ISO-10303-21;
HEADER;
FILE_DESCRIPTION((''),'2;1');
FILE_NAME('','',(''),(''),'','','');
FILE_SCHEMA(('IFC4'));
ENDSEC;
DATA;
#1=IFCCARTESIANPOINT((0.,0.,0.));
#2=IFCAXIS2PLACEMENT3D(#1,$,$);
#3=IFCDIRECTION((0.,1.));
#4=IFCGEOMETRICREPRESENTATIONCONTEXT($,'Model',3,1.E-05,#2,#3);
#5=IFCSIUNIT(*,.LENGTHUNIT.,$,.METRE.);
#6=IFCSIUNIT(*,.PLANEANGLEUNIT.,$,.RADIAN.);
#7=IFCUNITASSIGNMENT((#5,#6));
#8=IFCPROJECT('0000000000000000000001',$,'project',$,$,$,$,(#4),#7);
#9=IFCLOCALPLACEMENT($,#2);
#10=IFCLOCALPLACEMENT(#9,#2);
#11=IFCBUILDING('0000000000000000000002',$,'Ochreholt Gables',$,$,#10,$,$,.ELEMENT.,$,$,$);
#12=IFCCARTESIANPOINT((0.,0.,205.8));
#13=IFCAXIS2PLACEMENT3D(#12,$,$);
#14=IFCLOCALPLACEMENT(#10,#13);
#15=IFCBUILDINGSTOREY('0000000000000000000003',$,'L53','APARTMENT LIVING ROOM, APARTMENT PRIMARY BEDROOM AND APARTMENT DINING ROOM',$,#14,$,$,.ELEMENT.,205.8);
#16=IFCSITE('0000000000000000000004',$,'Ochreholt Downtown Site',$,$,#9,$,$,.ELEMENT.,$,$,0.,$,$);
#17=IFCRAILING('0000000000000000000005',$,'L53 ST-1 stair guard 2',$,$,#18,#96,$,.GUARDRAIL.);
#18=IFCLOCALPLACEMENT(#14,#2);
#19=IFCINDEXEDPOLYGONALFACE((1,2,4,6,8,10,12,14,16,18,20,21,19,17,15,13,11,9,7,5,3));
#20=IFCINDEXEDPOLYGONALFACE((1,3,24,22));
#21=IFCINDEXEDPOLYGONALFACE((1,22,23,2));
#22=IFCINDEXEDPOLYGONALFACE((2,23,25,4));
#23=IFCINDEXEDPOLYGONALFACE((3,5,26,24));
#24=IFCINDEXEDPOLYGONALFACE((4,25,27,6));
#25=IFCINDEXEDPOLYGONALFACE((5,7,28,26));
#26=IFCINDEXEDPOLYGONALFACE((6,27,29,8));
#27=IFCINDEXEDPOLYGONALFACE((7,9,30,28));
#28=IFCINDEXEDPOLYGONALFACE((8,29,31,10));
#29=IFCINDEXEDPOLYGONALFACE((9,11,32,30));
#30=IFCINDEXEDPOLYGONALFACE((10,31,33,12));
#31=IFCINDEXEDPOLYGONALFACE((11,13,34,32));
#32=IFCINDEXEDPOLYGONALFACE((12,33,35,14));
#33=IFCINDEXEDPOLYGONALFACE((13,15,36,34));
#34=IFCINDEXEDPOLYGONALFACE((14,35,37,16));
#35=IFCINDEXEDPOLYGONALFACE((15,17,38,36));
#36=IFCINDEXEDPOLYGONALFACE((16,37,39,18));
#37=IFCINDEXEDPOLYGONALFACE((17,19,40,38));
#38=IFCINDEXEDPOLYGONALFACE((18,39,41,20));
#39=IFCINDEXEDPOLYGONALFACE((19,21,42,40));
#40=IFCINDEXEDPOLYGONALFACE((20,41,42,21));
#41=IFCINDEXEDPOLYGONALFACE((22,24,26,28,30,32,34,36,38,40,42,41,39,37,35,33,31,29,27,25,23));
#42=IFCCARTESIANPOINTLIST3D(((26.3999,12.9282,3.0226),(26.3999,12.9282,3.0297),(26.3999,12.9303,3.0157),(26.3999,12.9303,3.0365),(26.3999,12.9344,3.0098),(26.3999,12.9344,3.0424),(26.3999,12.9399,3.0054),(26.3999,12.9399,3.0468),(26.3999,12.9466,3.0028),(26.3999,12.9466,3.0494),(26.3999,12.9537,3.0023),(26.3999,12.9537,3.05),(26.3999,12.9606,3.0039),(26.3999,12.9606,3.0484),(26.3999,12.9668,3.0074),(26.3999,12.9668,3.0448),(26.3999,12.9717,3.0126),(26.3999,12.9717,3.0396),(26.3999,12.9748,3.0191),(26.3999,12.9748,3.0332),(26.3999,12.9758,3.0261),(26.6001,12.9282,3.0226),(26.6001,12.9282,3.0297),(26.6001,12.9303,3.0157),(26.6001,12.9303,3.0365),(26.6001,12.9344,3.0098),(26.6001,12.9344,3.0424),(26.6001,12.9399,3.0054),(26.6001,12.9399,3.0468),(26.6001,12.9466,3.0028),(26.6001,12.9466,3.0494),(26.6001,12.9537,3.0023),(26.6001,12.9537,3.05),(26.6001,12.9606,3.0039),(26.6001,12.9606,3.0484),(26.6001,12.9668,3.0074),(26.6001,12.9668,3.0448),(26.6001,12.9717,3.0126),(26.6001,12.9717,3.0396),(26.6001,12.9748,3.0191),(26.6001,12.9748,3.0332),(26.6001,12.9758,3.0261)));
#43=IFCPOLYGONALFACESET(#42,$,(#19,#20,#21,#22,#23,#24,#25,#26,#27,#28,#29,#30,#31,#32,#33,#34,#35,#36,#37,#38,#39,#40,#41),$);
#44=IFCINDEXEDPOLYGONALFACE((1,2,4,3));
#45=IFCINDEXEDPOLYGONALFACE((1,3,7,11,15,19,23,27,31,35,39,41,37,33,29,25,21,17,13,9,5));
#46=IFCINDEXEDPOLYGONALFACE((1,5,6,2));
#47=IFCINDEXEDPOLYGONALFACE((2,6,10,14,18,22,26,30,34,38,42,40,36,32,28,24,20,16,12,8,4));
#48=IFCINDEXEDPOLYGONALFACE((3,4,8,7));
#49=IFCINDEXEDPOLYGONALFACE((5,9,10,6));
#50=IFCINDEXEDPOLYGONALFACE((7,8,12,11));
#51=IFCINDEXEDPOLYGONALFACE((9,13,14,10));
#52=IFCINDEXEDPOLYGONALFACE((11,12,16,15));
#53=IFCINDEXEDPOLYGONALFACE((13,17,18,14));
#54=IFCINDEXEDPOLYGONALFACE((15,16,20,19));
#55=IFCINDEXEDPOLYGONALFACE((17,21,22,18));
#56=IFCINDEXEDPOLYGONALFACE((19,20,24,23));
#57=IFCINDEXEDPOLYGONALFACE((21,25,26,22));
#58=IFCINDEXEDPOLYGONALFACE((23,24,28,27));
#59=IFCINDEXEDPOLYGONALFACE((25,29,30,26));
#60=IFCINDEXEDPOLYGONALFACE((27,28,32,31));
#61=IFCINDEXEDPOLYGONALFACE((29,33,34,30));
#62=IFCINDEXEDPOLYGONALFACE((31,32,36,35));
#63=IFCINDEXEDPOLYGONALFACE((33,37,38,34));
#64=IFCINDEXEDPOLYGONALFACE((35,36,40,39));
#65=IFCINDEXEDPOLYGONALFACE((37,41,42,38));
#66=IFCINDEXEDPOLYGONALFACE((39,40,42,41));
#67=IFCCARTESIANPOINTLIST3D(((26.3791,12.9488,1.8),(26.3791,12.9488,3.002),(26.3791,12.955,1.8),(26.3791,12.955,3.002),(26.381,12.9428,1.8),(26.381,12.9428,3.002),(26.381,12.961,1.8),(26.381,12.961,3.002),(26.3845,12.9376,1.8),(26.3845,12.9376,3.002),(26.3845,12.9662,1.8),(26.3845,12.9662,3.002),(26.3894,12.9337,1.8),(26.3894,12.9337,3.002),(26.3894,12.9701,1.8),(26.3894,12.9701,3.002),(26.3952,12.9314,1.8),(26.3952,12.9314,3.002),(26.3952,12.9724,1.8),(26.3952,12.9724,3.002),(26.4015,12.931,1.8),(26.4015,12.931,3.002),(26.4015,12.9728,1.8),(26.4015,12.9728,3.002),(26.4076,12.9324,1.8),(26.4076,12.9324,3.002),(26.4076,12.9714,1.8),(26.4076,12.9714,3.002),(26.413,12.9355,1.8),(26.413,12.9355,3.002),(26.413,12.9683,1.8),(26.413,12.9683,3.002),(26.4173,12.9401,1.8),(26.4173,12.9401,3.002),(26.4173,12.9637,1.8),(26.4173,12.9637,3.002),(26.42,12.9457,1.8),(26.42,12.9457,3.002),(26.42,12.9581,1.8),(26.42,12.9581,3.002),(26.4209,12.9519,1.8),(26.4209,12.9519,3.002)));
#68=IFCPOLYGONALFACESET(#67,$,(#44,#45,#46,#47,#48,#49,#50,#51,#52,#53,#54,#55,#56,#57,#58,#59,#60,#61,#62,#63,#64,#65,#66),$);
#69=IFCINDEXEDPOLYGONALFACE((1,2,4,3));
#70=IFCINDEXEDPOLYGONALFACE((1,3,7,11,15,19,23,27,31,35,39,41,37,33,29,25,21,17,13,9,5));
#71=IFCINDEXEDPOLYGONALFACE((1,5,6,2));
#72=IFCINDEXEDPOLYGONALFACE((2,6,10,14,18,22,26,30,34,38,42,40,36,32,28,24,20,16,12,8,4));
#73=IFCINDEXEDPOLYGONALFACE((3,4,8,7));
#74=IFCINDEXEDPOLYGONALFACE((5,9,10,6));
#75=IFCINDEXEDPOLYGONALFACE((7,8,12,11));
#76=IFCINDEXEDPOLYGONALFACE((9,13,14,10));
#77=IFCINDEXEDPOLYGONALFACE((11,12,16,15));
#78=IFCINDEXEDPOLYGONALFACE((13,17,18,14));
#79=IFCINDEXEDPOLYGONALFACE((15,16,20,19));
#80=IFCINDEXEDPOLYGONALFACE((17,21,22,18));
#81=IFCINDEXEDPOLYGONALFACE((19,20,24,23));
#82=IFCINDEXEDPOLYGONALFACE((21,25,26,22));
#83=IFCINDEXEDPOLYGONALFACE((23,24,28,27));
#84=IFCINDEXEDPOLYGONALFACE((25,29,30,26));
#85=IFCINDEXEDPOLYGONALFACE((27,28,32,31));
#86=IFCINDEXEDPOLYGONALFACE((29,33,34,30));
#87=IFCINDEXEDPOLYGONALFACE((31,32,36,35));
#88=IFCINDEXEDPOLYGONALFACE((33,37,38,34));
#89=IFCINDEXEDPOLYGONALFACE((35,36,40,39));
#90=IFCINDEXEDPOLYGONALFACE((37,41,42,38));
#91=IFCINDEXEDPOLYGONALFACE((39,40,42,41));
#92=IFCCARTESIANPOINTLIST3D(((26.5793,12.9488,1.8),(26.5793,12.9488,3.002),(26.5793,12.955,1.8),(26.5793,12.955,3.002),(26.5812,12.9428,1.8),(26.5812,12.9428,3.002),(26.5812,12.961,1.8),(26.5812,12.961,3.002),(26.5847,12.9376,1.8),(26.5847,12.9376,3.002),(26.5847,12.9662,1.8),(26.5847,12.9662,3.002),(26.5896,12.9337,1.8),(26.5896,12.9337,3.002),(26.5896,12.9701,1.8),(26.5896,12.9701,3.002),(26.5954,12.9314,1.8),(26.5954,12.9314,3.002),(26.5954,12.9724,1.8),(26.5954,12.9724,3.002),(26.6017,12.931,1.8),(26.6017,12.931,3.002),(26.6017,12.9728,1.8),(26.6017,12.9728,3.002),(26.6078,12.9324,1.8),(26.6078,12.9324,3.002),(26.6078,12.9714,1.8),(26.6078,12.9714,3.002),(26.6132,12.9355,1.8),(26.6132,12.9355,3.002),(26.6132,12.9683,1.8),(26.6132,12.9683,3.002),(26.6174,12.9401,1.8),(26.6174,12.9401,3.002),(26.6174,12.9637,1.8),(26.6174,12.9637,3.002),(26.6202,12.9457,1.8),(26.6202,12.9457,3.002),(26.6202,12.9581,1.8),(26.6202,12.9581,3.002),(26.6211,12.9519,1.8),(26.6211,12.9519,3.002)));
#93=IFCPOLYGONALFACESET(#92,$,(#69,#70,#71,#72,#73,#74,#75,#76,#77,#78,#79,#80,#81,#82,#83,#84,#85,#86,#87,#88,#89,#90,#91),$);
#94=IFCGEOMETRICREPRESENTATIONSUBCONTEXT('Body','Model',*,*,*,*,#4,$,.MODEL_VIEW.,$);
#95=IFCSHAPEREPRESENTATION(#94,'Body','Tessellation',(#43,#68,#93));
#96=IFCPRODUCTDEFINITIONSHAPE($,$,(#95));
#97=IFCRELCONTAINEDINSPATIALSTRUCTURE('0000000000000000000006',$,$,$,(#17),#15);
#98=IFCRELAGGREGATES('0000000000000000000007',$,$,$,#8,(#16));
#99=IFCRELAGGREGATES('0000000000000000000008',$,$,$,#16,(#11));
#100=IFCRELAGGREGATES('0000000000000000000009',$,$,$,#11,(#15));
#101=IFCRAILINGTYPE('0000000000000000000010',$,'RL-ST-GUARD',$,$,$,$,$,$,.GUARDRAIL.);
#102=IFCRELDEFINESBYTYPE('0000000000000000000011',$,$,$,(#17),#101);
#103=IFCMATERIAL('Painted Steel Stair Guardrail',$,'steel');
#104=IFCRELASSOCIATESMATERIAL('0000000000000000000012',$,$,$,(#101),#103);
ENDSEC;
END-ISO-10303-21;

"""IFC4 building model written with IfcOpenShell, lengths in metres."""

from ifc_helpers import new_model, si_unit, direction, frame, origin, origin_2d, place, context, subcontext, project, spatial, circle, extrude, material, type_object, element, save


model = new_model("IFC4")

# Units and contexts
model_context = context("Model", 3, precision=1e-05, world=origin(), true_north=direction((0.0, 1.0)))
body_context = subcontext(model_context, "Body", "Model", "MODEL_VIEW")
ifc_project = project(units=[si_unit("LENGTHUNIT", "METRE"), si_unit("PLANEANGLEUNIT", "RADIAN")], contexts=[model_context])

# Site, building, storey
site_placement = place(None, origin())
site = spatial("IfcSite", under=ifc_project, at=site_placement, Name="Ochreholt Downtown Site", CompositionType="ELEMENT", RefElevation=0.0)
building_placement = place(site_placement, origin())
building = spatial("IfcBuilding", under=site, at=building_placement, Name="Ochreholt Gables", CompositionType="ELEMENT")
storey_placement = place(building_placement, frame((0.0, 0.0, 205.8)))
storey = spatial("IfcBuildingStorey", under=building, at=storey_placement, Name="L53", Description="APARTMENT LIVING ROOM, APARTMENT PRIMARY BEDROOM AND APARTMENT DINING ROOM", CompositionType="ELEMENT", Elevation=205.8)

# Railing
ifc_material_1 = material(Name="Painted Steel Stair Guardrail", Category="steel")
railing_type_1 = type_object("IfcRailingType", Name="RL-ST-GUARD", PredefinedType="GUARDRAIL", material=ifc_material_1)
railing_1_placement = place(storey_placement, frame((26.3999, 12.9519, 1.8)))
element("IfcRailing", 1, at=railing_1_placement, inside=storey, type_object=railing_type_1, Name="L53 ST-1 stair guard 2", PredefinedType="GUARDRAIL", context=body_context, shape_type="SweptSolid", body=[
    extrude(circle(Radius=0.0239, at=origin_2d()), frame((0.0, 0.0, 1.2261), z_axis=(1.0, 0.0, 0.0), x_axis=(0.0, 1.0, 0.0)), (0.0, 0.0, 1.0), 0.2002),
    extrude(circle(Radius=0.021, at=origin_2d()), origin(), (0.0, 0.0, 1.0), 1.2019),
    extrude(circle(Radius=0.021, at=origin_2d()), frame((0.2002, 0.0, 0.0)), (0.0, 0.0, 1.0), 1.2019),
])

save(model, "model.ifc")
